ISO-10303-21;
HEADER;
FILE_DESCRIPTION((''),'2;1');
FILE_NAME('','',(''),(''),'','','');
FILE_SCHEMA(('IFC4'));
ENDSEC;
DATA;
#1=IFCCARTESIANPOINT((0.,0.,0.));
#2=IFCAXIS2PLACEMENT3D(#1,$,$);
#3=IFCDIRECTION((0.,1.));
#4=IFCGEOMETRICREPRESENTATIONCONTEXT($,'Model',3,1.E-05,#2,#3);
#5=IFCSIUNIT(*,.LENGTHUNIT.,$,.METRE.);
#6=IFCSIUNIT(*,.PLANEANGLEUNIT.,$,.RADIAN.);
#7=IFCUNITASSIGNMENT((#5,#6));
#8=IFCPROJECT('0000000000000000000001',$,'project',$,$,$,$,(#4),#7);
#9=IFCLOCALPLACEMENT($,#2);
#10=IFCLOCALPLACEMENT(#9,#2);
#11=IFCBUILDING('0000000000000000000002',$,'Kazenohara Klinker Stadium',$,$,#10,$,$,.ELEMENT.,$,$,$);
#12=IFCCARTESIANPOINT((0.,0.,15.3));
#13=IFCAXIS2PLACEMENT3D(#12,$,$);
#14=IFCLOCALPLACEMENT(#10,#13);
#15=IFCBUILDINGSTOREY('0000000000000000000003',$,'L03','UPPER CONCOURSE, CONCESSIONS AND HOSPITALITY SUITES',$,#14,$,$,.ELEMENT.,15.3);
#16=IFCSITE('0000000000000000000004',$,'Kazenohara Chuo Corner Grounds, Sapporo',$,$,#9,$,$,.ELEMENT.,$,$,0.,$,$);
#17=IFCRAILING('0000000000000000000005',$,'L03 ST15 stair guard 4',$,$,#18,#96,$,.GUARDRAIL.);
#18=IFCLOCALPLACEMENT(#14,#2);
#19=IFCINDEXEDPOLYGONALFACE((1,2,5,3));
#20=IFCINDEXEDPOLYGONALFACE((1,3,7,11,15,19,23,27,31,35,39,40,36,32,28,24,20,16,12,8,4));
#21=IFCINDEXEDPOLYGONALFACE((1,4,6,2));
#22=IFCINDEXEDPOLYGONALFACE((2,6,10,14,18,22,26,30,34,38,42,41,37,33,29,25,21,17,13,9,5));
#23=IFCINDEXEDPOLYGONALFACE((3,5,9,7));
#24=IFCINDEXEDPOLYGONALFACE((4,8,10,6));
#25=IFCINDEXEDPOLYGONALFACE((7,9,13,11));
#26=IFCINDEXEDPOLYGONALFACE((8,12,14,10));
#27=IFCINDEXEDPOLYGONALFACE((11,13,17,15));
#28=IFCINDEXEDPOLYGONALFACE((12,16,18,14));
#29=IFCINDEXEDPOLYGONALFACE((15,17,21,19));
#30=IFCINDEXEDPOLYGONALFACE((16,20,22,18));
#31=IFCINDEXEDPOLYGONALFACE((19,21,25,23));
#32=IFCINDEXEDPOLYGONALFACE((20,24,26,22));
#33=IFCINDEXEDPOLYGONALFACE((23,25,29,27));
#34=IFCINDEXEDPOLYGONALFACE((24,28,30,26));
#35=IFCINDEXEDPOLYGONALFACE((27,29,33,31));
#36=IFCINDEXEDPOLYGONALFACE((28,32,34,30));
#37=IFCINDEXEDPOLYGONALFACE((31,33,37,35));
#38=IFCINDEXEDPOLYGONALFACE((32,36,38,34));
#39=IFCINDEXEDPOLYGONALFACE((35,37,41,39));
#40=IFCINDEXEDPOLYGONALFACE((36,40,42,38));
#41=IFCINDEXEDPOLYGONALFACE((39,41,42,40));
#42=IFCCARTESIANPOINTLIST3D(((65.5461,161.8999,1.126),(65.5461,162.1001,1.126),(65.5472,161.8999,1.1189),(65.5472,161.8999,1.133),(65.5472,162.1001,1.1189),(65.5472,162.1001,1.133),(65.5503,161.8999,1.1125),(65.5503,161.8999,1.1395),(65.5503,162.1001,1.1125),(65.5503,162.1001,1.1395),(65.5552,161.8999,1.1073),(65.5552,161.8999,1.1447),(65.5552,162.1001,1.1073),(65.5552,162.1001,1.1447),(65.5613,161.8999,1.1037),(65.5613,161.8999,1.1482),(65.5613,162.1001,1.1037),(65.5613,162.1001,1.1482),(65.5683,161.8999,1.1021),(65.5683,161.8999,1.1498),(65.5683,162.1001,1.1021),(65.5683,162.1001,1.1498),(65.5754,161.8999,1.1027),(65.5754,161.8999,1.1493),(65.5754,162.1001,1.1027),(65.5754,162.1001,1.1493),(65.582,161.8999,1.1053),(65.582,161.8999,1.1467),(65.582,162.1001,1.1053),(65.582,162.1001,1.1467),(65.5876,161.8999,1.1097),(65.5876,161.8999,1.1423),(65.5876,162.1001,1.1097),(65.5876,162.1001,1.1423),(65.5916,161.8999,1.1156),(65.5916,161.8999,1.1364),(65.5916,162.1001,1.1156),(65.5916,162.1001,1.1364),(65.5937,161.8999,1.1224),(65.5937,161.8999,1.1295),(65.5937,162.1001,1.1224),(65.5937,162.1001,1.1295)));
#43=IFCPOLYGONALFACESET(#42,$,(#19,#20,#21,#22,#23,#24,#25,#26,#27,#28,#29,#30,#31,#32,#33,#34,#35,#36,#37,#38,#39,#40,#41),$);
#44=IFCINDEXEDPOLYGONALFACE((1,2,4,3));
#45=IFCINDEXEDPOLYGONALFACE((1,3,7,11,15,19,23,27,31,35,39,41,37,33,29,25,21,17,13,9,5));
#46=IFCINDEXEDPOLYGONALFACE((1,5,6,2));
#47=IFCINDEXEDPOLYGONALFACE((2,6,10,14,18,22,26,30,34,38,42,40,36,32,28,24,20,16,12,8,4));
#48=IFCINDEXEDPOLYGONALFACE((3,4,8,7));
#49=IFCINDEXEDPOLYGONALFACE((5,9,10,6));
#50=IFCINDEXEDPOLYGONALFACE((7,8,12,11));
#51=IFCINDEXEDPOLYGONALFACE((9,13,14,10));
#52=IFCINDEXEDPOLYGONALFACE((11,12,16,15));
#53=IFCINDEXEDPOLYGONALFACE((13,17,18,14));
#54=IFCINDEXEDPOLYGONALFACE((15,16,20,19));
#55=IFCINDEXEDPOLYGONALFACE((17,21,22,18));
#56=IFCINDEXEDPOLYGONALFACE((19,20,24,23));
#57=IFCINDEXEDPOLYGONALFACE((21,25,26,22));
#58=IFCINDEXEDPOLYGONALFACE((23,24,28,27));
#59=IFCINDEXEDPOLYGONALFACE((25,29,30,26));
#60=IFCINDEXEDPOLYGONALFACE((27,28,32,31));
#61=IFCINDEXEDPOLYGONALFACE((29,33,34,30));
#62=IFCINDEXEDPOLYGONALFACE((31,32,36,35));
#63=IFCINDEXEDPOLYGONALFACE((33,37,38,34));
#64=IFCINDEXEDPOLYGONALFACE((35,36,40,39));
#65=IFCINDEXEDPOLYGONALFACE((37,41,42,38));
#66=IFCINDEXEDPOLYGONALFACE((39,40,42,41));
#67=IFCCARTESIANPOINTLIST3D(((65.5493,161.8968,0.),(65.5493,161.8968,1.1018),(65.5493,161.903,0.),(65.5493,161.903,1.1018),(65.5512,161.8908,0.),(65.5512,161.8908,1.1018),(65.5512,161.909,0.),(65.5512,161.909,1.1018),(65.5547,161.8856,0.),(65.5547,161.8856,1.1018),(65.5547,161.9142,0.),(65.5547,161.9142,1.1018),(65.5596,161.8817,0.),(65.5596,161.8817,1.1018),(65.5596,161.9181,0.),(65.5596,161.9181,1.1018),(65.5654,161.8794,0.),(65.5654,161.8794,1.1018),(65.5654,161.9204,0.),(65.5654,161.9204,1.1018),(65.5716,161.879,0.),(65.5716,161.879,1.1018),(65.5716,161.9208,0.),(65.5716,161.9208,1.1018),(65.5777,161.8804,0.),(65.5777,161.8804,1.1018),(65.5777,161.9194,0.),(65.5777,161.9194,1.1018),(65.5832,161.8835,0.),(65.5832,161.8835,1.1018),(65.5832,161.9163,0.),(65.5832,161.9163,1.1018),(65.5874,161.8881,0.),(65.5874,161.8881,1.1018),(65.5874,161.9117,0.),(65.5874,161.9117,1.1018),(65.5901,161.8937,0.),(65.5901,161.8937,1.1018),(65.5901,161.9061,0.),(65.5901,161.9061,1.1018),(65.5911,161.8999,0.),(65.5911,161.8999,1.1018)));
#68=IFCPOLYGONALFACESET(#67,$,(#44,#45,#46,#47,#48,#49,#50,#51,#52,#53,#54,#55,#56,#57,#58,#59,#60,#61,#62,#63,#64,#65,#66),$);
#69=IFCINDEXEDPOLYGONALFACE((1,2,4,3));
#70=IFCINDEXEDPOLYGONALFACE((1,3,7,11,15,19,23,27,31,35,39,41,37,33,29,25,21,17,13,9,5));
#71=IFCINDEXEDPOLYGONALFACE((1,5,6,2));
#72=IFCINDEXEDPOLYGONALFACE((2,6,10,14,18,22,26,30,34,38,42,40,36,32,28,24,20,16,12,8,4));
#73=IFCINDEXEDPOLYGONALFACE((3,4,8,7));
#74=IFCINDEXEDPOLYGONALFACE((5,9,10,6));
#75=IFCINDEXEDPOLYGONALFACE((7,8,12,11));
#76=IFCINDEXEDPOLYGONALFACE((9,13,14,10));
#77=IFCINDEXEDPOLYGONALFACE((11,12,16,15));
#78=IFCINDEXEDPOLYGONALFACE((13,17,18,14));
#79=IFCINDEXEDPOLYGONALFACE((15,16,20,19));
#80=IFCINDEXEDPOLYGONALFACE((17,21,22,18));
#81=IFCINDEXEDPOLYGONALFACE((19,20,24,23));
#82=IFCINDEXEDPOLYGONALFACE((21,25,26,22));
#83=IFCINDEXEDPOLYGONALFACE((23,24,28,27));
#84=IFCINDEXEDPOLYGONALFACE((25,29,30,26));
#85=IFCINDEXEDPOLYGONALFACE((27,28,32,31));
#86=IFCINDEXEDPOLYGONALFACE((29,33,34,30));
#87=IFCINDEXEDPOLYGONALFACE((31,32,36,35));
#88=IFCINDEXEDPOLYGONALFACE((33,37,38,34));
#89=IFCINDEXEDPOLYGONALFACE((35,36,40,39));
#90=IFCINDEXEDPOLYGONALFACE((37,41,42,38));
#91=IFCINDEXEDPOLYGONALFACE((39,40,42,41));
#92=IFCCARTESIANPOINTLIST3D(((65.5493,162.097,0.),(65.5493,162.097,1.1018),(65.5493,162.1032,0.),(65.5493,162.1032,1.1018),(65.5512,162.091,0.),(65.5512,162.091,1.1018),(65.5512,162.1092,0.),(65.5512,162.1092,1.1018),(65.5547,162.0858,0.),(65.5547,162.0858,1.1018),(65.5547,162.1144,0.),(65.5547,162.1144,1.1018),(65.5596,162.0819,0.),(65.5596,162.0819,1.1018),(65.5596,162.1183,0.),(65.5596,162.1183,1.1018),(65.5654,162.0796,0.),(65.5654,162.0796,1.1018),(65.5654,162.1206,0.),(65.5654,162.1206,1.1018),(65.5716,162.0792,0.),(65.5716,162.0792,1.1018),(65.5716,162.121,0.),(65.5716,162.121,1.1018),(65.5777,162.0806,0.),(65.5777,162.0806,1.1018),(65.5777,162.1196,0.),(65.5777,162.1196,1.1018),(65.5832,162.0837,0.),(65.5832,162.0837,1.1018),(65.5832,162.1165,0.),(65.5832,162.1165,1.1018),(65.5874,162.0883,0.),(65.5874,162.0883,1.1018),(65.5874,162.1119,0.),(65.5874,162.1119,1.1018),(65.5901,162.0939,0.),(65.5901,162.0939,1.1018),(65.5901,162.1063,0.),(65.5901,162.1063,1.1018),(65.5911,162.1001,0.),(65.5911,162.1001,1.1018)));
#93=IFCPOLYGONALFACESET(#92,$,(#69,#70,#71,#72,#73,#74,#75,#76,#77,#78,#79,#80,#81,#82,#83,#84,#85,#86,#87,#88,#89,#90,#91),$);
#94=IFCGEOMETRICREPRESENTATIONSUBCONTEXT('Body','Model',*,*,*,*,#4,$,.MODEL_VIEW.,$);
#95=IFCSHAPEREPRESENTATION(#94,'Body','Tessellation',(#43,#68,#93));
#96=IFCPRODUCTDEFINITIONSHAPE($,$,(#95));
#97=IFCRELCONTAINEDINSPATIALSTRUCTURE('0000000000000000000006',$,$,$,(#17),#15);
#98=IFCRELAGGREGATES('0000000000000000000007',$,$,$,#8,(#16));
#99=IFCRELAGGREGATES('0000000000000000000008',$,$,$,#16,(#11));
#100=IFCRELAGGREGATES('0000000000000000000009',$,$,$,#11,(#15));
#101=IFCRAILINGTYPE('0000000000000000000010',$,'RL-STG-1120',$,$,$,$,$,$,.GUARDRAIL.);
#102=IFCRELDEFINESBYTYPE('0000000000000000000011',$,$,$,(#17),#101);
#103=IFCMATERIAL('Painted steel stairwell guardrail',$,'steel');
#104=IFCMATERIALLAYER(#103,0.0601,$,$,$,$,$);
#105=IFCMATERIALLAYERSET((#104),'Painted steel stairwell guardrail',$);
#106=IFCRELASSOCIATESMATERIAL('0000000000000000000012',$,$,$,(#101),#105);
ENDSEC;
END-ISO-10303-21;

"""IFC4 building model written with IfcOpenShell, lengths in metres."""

from ifc_helpers import new_model, si_unit, direction, frame, origin, origin_2d, place, context, subcontext, project, spatial, circle, extrude, material, layer, layer_set, type_object, element, save


model = new_model("IFC4")

# Units and contexts
model_context = context("Model", 3, precision=1e-05, world=origin(), true_north=direction((0.0, 1.0)))
body_context = subcontext(model_context, "Body", "Model", "MODEL_VIEW")
ifc_project = project(units=[si_unit("LENGTHUNIT", "METRE"), si_unit("PLANEANGLEUNIT", "RADIAN")], contexts=[model_context])

# Site, building, storey
site_placement = place(None, origin())
site = spatial("IfcSite", under=ifc_project, at=site_placement, Name="Kazenohara Chuo Corner Grounds, Sapporo", CompositionType="ELEMENT", RefElevation=0.0)
building_placement = place(site_placement, origin())
building = spatial("IfcBuilding", under=site, at=building_placement, Name="Kazenohara Klinker Stadium", CompositionType="ELEMENT")
storey_placement = place(building_placement, frame((0.0, 0.0, 15.3)))
storey = spatial("IfcBuildingStorey", under=building, at=storey_placement, Name="L03", Description="UPPER CONCOURSE, CONCESSIONS AND HOSPITALITY SUITES", CompositionType="ELEMENT", Elevation=15.3)

# Railing
ifc_material_1 = material(Name="Painted steel stairwell guardrail", Category="steel")
ifc_layer_1 = layer(ifc_material_1, 0.0601)
ifc_layer_set_1 = layer_set([ifc_layer_1], Name="Painted steel stairwell guardrail")
railing_type_1 = type_object("IfcRailingType", Name="RL-STG-1120", PredefinedType="GUARDRAIL", material=ifc_layer_set_1)
railing_1_placement = place(storey_placement, frame((65.5701, 161.8999, 0.0)))
element("IfcRailing", 1, at=railing_1_placement, inside=storey, type_object=railing_type_1, Name="L03 ST15 stair guard 4", PredefinedType="GUARDRAIL", context=body_context, shape_type="SweptSolid", body=[
    extrude(circle(Radius=0.0239, at=origin_2d()), frame((0.0, 0.0, 1.126), z_axis=(0.0, 1.0, 0.0), x_axis=(-1.0, 0.0, 0.0)), (0.0, 0.0, 1.0), 0.2002),
    extrude(circle(Radius=0.021, at=origin_2d()), origin(), (0.0, 0.0, 1.0), 1.1018),
    extrude(circle(Radius=0.021, at=origin_2d()), frame((0.0, 0.2002, 0.0)), (0.0, 0.0, 1.0), 1.1018),
])

save(model, "model.ifc")
